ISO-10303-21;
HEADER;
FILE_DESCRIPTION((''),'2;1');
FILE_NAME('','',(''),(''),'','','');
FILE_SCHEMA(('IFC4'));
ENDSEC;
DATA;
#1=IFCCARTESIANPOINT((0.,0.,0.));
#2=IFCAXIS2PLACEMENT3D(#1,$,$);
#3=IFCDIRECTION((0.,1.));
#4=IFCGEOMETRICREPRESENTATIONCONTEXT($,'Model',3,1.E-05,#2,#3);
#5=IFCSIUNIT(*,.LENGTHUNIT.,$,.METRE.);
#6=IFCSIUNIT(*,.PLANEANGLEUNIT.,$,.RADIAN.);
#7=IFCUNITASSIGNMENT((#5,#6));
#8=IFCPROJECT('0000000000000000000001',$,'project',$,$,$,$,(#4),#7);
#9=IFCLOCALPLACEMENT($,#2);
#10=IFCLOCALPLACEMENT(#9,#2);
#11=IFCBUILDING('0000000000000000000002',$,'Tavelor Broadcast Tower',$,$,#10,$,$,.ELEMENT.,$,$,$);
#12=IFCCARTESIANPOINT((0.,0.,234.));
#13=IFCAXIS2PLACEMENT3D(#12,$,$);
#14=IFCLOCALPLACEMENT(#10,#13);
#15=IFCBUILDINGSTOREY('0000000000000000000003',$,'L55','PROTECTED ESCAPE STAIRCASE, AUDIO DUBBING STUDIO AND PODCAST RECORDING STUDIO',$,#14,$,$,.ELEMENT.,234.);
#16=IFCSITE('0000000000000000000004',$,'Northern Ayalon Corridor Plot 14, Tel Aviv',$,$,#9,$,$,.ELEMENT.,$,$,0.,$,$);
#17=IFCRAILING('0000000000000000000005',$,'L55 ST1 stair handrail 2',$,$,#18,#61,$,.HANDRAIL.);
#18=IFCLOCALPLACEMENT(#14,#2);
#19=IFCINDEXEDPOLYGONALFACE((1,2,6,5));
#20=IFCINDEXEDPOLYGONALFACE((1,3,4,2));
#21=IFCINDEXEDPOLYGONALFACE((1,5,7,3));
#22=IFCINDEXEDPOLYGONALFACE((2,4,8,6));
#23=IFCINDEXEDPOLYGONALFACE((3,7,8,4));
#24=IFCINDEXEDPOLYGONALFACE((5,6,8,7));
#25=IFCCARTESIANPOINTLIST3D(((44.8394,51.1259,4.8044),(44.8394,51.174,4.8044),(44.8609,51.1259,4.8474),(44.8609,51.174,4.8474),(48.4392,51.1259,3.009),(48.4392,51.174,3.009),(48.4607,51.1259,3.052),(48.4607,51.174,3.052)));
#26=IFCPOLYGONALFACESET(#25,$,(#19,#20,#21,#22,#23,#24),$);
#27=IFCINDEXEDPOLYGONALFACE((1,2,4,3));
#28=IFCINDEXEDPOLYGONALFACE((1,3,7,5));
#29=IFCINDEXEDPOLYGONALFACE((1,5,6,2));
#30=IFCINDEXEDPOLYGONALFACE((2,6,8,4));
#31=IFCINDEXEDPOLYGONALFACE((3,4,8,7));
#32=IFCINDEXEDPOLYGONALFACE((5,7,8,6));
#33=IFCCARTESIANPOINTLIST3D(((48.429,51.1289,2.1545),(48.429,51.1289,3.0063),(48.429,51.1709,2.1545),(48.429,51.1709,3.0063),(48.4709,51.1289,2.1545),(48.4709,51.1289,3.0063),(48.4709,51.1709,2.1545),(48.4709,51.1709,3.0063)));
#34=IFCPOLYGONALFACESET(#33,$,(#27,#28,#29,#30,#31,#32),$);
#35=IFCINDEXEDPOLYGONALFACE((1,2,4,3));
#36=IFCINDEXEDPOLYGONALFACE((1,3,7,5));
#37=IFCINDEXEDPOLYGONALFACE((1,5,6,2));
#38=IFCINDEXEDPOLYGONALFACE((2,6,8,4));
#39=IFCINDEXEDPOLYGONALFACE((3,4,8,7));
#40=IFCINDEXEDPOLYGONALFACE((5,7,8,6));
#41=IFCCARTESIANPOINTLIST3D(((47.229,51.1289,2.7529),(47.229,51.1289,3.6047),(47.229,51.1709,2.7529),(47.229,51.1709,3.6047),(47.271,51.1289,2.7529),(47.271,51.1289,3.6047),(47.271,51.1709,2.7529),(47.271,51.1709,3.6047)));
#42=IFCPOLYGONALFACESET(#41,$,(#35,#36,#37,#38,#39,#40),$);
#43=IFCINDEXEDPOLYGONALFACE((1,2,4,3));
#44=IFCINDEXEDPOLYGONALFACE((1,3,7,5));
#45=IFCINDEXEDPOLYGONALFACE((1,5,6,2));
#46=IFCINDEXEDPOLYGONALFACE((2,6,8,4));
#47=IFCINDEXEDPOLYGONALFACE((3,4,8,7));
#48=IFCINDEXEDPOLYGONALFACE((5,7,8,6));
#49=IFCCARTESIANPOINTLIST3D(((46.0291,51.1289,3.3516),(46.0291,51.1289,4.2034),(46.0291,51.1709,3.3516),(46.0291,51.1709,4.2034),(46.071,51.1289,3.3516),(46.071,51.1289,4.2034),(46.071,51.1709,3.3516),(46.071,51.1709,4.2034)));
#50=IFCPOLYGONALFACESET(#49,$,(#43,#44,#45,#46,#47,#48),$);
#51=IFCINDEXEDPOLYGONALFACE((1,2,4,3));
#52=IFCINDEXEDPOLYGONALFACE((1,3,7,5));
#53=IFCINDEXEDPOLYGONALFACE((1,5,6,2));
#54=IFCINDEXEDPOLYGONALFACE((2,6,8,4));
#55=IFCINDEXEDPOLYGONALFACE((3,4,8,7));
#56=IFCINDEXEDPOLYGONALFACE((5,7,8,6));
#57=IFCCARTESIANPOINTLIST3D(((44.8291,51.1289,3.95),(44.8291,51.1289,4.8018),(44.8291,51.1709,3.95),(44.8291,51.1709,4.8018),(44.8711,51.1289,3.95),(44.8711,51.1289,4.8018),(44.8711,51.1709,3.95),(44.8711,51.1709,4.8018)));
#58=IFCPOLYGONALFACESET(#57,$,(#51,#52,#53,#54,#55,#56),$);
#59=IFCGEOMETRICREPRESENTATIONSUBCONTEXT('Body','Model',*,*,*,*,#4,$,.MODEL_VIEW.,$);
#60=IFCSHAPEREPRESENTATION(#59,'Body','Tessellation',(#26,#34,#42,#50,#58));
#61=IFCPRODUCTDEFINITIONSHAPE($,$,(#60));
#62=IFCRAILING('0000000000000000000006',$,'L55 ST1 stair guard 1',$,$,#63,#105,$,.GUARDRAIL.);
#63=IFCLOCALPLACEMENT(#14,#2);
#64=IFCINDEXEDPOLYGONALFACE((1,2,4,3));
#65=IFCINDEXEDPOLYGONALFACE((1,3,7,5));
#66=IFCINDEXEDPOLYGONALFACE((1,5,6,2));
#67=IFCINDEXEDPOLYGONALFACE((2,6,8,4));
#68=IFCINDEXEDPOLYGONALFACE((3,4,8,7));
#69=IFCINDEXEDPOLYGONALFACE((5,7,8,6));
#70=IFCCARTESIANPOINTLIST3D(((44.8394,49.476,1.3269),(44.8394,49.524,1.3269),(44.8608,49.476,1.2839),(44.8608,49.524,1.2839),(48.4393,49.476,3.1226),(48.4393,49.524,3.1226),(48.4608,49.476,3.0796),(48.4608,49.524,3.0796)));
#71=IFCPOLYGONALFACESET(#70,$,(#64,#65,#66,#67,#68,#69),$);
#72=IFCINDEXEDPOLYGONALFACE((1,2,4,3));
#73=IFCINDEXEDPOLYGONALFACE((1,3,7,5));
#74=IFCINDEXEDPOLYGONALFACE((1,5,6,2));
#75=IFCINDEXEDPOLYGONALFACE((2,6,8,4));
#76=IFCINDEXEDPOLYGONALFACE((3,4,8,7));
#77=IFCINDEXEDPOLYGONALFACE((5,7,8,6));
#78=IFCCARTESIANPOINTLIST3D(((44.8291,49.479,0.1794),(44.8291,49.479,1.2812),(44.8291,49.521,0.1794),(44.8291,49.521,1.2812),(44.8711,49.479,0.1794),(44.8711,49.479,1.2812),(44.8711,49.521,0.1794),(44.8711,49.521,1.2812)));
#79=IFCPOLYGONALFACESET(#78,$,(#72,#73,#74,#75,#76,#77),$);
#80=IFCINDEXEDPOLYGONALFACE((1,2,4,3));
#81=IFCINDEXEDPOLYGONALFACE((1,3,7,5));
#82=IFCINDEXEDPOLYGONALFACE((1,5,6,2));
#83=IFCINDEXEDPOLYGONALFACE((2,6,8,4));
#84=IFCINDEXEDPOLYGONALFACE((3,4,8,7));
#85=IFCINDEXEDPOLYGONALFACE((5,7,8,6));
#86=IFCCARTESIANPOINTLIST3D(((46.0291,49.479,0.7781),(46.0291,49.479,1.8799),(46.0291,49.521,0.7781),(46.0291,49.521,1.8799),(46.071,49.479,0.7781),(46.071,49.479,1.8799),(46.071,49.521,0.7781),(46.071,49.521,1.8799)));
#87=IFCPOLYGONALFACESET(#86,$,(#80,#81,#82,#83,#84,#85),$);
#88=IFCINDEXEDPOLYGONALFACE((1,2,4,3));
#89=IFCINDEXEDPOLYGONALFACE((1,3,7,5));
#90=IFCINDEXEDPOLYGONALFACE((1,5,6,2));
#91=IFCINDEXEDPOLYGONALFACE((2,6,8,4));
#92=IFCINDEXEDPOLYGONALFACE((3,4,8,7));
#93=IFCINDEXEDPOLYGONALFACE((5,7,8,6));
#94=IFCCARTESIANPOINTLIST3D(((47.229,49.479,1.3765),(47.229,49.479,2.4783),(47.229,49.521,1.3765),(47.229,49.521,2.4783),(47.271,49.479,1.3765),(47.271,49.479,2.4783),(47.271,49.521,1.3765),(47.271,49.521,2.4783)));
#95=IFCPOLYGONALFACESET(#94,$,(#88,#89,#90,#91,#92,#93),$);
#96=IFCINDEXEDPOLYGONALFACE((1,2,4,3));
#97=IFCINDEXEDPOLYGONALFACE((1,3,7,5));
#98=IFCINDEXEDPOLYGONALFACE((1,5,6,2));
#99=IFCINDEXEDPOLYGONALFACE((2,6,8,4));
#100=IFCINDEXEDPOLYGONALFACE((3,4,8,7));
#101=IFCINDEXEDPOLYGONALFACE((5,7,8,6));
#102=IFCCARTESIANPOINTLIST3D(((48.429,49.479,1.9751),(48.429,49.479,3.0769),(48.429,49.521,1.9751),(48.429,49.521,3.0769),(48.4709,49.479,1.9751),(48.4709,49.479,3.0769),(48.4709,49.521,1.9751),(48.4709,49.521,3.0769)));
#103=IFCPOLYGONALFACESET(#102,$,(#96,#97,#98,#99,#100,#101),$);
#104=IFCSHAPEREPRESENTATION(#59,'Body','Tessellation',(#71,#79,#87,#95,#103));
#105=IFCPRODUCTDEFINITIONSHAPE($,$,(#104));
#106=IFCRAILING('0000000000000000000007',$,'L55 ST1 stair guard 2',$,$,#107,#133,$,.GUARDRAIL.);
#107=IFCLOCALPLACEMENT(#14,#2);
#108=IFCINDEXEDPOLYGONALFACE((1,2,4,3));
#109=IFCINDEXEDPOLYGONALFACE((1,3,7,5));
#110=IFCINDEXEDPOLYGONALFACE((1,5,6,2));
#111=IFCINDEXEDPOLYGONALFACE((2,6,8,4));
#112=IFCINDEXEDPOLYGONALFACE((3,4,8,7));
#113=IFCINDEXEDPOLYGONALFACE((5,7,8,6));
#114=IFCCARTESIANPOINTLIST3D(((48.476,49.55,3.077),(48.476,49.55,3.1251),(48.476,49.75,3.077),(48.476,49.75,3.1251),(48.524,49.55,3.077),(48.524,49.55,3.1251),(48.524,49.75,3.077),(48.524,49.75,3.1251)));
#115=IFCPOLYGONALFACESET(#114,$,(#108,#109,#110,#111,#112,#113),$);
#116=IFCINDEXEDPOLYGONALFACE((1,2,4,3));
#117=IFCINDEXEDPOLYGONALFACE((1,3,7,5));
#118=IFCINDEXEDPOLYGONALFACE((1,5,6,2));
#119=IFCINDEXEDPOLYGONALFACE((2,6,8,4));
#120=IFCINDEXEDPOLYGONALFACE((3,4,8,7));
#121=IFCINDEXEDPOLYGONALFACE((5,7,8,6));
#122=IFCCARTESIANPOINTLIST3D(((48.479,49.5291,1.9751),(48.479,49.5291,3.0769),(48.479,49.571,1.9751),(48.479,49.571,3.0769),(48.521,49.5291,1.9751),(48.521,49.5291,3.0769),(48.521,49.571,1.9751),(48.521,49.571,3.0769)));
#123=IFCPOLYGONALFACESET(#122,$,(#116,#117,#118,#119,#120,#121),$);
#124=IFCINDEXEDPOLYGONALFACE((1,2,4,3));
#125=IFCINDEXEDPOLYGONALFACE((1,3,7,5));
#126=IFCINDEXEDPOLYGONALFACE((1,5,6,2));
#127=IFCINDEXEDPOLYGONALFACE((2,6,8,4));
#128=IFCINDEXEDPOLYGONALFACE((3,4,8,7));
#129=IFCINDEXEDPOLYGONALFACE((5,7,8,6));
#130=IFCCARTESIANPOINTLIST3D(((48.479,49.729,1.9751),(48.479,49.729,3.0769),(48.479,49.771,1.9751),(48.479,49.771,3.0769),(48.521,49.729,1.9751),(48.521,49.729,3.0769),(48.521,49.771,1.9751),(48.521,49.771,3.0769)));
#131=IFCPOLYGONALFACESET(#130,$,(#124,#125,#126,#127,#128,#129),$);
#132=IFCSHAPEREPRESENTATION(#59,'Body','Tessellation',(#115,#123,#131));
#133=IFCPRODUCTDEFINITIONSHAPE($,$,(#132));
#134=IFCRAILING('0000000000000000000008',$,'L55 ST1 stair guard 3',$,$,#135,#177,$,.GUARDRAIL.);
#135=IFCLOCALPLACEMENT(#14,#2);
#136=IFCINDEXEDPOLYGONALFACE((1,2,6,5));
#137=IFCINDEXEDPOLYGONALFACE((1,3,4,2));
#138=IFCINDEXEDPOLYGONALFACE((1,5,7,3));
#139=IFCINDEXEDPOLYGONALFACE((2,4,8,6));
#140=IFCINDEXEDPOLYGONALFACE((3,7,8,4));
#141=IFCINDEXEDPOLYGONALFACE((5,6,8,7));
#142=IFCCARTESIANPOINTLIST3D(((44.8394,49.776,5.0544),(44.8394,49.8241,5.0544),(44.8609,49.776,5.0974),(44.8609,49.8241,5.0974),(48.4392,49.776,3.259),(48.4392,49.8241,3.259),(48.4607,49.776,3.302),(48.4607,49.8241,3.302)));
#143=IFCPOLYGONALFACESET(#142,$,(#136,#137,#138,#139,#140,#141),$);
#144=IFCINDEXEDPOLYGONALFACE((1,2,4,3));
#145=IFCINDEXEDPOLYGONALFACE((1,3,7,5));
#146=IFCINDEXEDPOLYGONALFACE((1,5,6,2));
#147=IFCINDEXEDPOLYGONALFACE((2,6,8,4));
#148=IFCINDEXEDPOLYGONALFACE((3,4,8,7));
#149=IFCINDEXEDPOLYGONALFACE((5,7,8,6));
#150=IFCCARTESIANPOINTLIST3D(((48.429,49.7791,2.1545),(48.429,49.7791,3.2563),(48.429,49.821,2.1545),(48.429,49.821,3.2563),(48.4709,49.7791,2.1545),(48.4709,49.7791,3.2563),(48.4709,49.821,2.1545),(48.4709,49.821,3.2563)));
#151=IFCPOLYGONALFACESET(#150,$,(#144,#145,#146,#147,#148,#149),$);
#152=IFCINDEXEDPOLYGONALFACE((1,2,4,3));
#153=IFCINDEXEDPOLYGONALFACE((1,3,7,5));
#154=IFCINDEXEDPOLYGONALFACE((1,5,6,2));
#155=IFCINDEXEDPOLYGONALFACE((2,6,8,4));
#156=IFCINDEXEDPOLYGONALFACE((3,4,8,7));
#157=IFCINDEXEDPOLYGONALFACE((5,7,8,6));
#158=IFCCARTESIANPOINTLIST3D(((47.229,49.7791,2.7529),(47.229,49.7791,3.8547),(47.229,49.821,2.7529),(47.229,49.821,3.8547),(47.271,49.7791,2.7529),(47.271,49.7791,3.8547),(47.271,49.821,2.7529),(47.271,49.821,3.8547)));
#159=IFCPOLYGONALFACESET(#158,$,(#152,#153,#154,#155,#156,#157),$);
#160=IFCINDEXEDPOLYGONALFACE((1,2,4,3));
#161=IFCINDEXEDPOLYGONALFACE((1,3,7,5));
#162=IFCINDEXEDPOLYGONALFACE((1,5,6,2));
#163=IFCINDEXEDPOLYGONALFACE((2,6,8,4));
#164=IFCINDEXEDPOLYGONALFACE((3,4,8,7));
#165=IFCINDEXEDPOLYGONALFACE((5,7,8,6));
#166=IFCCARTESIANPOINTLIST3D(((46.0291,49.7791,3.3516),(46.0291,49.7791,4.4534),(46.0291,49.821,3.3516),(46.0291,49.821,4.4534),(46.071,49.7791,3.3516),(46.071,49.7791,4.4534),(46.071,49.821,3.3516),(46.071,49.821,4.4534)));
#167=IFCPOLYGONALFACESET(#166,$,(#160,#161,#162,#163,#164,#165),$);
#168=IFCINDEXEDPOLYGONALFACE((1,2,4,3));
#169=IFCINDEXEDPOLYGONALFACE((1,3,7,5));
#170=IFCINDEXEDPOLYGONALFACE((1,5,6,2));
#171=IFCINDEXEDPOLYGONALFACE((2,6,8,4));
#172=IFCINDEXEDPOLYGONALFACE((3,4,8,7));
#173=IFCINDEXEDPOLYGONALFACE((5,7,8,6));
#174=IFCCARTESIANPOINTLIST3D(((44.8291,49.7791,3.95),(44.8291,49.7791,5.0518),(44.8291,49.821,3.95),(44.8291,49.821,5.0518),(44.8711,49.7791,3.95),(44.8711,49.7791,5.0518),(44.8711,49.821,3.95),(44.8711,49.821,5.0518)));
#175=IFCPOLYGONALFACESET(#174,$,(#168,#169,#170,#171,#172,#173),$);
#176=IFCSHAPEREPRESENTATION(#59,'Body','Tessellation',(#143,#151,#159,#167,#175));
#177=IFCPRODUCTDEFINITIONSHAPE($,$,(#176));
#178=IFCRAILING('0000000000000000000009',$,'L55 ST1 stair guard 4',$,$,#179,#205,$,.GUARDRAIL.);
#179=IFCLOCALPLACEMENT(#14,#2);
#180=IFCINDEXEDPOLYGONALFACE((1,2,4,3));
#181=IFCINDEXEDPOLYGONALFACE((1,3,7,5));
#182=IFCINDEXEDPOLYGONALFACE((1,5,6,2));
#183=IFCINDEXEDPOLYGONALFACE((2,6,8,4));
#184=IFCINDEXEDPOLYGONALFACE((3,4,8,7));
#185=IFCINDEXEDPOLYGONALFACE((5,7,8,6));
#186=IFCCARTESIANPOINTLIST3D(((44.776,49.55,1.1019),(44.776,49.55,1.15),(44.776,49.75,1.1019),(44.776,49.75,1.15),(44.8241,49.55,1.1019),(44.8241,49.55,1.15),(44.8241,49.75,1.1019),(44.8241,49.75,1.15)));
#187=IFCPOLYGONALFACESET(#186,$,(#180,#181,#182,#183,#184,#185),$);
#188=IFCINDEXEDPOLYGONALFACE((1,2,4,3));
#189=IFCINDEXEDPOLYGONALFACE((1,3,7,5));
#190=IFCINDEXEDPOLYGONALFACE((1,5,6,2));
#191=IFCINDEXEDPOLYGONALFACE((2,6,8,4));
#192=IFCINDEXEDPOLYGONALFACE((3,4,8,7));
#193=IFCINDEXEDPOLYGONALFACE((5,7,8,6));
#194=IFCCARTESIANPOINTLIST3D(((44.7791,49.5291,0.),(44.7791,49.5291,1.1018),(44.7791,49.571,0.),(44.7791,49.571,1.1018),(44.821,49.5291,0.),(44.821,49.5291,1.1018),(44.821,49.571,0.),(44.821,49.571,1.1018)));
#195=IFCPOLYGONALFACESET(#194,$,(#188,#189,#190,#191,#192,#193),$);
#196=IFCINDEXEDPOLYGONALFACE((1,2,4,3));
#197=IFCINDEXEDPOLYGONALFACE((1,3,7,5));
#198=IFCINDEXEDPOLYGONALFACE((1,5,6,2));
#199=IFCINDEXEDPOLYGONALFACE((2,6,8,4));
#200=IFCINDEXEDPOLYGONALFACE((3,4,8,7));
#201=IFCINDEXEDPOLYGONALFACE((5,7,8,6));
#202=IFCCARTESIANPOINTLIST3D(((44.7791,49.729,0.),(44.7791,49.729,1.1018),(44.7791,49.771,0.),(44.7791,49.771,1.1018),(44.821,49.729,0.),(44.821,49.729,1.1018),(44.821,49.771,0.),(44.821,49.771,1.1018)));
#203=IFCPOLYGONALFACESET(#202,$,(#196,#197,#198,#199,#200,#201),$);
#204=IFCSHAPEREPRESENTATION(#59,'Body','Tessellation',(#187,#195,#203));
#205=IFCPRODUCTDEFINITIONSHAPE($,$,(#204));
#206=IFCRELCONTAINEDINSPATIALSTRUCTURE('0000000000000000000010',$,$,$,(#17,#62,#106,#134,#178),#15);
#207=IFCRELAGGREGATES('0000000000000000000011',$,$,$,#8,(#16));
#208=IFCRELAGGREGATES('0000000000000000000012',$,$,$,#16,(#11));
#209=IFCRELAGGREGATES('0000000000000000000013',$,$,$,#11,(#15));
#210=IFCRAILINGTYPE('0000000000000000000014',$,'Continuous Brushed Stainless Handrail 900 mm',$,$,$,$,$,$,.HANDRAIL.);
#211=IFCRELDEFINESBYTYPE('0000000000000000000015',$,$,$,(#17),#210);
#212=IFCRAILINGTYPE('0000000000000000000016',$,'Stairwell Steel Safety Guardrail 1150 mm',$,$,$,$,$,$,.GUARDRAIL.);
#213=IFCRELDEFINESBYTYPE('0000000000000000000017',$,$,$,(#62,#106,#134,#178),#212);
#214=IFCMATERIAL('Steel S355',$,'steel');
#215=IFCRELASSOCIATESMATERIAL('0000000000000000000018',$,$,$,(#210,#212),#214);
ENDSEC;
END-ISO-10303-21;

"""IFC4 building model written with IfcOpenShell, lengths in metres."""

from ifc_helpers import new_model, si_unit, direction, frame, origin, origin_2d, place, context, subcontext, project, spatial, rectangle, extrude, material, type_object, element, save


model = new_model("IFC4")

# Units and contexts
model_context = context("Model", 3, precision=1e-05, world=origin(), true_north=direction((0.0, 1.0)))
body_context = subcontext(model_context, "Body", "Model", "MODEL_VIEW")
ifc_project = project(units=[si_unit("LENGTHUNIT", "METRE"), si_unit("PLANEANGLEUNIT", "RADIAN")], contexts=[model_context])

# Site, building, storey
site_placement = place(None, origin())
site = spatial("IfcSite", under=ifc_project, at=site_placement, Name="Northern Ayalon Corridor Plot 14, Tel Aviv", CompositionType="ELEMENT", RefElevation=0.0)
building_placement = place(site_placement, origin())
building = spatial("IfcBuilding", under=site, at=building_placement, Name="Tavelor Broadcast Tower", CompositionType="ELEMENT")
storey_placement = place(building_placement, frame((0.0, 0.0, 234.0)))
storey = spatial("IfcBuildingStorey", under=building, at=storey_placement, Name="L55", Description="PROTECTED ESCAPE STAIRCASE, AUDIO DUBBING STUDIO AND PODCAST RECORDING STUDIO", CompositionType="ELEMENT", Elevation=234.0)

# Shared definitions
ifc_material_1 = material(Name="Steel S355", Category="steel")

# Railings
railing_type_1 = type_object("IfcRailingType", Name="Continuous Brushed Stainless Handrail 900 mm", PredefinedType="HANDRAIL", material=ifc_material_1)
railing_1_placement = place(storey_placement, frame((48.45, 51.1499, 2.1545)))
element("IfcRailing", 1, at=railing_1_placement, inside=storey, type_object=railing_type_1, Name="L55 ST1 stair handrail 2", PredefinedType="HANDRAIL", context=body_context, shape_type="SweptSolid", body=[
    extrude(rectangle(XDim=0.0481, YDim=0.0481, at=origin_2d()), frame((0.0, 0.0, 0.876), z_axis=(-0.894876, 0.0, 0.446315), x_axis=(0.0, -1.0, 0.0)), (0.0, 0.0, 1.0), 4.0227),
    extrude(rectangle(XDim=0.042, YDim=0.042, at=origin_2d()), origin(), (0.0, 0.0, 1.0), 0.8518),
    extrude(rectangle(XDim=0.042, YDim=0.042, at=origin_2d()), frame((-1.2, 0.0, 0.5984)), (0.0, 0.0, 1.0), 0.8518),
    extrude(rectangle(XDim=0.042, YDim=0.042, at=origin_2d()), frame((-2.3999, 0.0, 1.197)), (0.0, 0.0, 1.0), 0.8518),
    extrude(rectangle(XDim=0.042, YDim=0.042, at=origin_2d()), frame((-3.5999, 0.0, 1.7954)), (0.0, 0.0, 1.0), 0.8518),
])
railing_type_2 = type_object("IfcRailingType", Name="Stairwell Steel Safety Guardrail 1150 mm", PredefinedType="GUARDRAIL", material=ifc_material_1)
railing_2_placement = place(storey_placement, frame((44.8501, 49.5, 0.1794)))
element("IfcRailing", 2, at=railing_2_placement, inside=storey, type_object=railing_type_2, Name="L55 ST1 stair guard 1", PredefinedType="GUARDRAIL", context=body_context, shape_type="SweptSolid", body=[
    extrude(rectangle(XDim=0.0481, YDim=0.0481, at=origin_2d()), frame((0.0, 0.0, 1.126), z_axis=(0.894852, 0.0, 0.446364), x_axis=(0.0, 1.0, 0.0)), (0.0, 0.0, 1.0), 4.0229),
    extrude(rectangle(XDim=0.042, YDim=0.042, at=origin_2d()), origin(), (0.0, 0.0, 1.0), 1.1018),
    extrude(rectangle(XDim=0.042, YDim=0.042, at=origin_2d()), frame((1.2, 0.0, 0.5986)), (0.0, 0.0, 1.0), 1.1018),
    extrude(rectangle(XDim=0.042, YDim=0.042, at=origin_2d()), frame((2.3999, 0.0, 1.197)), (0.0, 0.0, 1.0), 1.1018),
    extrude(rectangle(XDim=0.042, YDim=0.042, at=origin_2d()), frame((3.5999, 0.0, 1.7957)), (0.0, 0.0, 1.0), 1.1018),
])
railing_3_placement = place(storey_placement, frame((48.5, 49.55, 1.9751)))
element("IfcRailing", 3, at=railing_3_placement, inside=storey, type_object=railing_type_2, Name="L55 ST1 stair guard 2", PredefinedType="GUARDRAIL", context=body_context, shape_type="SweptSolid", body=[
    extrude(rectangle(XDim=0.0481, YDim=0.0481, at=origin_2d()), frame((0.0, 0.0, 1.126), z_axis=(0.0, 1.0, 0.0), x_axis=(-1.0, 0.0, 0.0)), (0.0, 0.0, 1.0), 0.2),
    extrude(rectangle(XDim=0.042, YDim=0.042, at=origin_2d()), origin(), (0.0, 0.0, 1.0), 1.1018),
    extrude(rectangle(XDim=0.042, YDim=0.042, at=origin_2d()), frame((0.0, 0.2, 0.0)), (0.0, 0.0, 1.0), 1.1018),
])
railing_4_placement = place(storey_placement, frame((48.45, 49.8, 2.1545)))
element("IfcRailing", 4, at=railing_4_placement, inside=storey, type_object=railing_type_2, Name="L55 ST1 stair guard 3", PredefinedType="GUARDRAIL", context=body_context, shape_type="SweptSolid", body=[
    extrude(rectangle(XDim=0.0481, YDim=0.0481, at=origin_2d()), frame((0.0, 0.0, 1.126), z_axis=(-0.894876, 0.0, 0.446315), x_axis=(0.0, -1.0, 0.0)), (0.0, 0.0, 1.0), 4.0227),
    extrude(rectangle(XDim=0.042, YDim=0.042, at=origin_2d()), origin(), (0.0, 0.0, 1.0), 1.1018),
    extrude(rectangle(XDim=0.042, YDim=0.042, at=origin_2d()), frame((-1.2, 0.0, 0.5984)), (0.0, 0.0, 1.0), 1.1018),
    extrude(rectangle(XDim=0.042, YDim=0.042, at=origin_2d()), frame((-2.3999, 0.0, 1.197)), (0.0, 0.0, 1.0), 1.1018),
    extrude(rectangle(XDim=0.042, YDim=0.042, at=origin_2d()), frame((-3.5999, 0.0, 1.7954)), (0.0, 0.0, 1.0), 1.1018),
])
railing_5_placement = place(storey_placement, frame((44.8, 49.55, 0.0)))
element("IfcRailing", 5, at=railing_5_placement, inside=storey, type_object=railing_type_2, Name="L55 ST1 stair guard 4", PredefinedType="GUARDRAIL", context=body_context, shape_type="SweptSolid", body=[
    extrude(rectangle(XDim=0.0481, YDim=0.0481, at=origin_2d()), frame((0.0, 0.0, 1.126), z_axis=(0.0, 1.0, 0.0), x_axis=(-1.0, 0.0, 0.0)), (0.0, 0.0, 1.0), 0.2),
    extrude(rectangle(XDim=0.042, YDim=0.042, at=origin_2d()), origin(), (0.0, 0.0, 1.0), 1.1018),
    extrude(rectangle(XDim=0.042, YDim=0.042, at=origin_2d()), frame((0.0, 0.2, 0.0)), (0.0, 0.0, 1.0), 1.1018),
])

save(model, "model.ifc")
